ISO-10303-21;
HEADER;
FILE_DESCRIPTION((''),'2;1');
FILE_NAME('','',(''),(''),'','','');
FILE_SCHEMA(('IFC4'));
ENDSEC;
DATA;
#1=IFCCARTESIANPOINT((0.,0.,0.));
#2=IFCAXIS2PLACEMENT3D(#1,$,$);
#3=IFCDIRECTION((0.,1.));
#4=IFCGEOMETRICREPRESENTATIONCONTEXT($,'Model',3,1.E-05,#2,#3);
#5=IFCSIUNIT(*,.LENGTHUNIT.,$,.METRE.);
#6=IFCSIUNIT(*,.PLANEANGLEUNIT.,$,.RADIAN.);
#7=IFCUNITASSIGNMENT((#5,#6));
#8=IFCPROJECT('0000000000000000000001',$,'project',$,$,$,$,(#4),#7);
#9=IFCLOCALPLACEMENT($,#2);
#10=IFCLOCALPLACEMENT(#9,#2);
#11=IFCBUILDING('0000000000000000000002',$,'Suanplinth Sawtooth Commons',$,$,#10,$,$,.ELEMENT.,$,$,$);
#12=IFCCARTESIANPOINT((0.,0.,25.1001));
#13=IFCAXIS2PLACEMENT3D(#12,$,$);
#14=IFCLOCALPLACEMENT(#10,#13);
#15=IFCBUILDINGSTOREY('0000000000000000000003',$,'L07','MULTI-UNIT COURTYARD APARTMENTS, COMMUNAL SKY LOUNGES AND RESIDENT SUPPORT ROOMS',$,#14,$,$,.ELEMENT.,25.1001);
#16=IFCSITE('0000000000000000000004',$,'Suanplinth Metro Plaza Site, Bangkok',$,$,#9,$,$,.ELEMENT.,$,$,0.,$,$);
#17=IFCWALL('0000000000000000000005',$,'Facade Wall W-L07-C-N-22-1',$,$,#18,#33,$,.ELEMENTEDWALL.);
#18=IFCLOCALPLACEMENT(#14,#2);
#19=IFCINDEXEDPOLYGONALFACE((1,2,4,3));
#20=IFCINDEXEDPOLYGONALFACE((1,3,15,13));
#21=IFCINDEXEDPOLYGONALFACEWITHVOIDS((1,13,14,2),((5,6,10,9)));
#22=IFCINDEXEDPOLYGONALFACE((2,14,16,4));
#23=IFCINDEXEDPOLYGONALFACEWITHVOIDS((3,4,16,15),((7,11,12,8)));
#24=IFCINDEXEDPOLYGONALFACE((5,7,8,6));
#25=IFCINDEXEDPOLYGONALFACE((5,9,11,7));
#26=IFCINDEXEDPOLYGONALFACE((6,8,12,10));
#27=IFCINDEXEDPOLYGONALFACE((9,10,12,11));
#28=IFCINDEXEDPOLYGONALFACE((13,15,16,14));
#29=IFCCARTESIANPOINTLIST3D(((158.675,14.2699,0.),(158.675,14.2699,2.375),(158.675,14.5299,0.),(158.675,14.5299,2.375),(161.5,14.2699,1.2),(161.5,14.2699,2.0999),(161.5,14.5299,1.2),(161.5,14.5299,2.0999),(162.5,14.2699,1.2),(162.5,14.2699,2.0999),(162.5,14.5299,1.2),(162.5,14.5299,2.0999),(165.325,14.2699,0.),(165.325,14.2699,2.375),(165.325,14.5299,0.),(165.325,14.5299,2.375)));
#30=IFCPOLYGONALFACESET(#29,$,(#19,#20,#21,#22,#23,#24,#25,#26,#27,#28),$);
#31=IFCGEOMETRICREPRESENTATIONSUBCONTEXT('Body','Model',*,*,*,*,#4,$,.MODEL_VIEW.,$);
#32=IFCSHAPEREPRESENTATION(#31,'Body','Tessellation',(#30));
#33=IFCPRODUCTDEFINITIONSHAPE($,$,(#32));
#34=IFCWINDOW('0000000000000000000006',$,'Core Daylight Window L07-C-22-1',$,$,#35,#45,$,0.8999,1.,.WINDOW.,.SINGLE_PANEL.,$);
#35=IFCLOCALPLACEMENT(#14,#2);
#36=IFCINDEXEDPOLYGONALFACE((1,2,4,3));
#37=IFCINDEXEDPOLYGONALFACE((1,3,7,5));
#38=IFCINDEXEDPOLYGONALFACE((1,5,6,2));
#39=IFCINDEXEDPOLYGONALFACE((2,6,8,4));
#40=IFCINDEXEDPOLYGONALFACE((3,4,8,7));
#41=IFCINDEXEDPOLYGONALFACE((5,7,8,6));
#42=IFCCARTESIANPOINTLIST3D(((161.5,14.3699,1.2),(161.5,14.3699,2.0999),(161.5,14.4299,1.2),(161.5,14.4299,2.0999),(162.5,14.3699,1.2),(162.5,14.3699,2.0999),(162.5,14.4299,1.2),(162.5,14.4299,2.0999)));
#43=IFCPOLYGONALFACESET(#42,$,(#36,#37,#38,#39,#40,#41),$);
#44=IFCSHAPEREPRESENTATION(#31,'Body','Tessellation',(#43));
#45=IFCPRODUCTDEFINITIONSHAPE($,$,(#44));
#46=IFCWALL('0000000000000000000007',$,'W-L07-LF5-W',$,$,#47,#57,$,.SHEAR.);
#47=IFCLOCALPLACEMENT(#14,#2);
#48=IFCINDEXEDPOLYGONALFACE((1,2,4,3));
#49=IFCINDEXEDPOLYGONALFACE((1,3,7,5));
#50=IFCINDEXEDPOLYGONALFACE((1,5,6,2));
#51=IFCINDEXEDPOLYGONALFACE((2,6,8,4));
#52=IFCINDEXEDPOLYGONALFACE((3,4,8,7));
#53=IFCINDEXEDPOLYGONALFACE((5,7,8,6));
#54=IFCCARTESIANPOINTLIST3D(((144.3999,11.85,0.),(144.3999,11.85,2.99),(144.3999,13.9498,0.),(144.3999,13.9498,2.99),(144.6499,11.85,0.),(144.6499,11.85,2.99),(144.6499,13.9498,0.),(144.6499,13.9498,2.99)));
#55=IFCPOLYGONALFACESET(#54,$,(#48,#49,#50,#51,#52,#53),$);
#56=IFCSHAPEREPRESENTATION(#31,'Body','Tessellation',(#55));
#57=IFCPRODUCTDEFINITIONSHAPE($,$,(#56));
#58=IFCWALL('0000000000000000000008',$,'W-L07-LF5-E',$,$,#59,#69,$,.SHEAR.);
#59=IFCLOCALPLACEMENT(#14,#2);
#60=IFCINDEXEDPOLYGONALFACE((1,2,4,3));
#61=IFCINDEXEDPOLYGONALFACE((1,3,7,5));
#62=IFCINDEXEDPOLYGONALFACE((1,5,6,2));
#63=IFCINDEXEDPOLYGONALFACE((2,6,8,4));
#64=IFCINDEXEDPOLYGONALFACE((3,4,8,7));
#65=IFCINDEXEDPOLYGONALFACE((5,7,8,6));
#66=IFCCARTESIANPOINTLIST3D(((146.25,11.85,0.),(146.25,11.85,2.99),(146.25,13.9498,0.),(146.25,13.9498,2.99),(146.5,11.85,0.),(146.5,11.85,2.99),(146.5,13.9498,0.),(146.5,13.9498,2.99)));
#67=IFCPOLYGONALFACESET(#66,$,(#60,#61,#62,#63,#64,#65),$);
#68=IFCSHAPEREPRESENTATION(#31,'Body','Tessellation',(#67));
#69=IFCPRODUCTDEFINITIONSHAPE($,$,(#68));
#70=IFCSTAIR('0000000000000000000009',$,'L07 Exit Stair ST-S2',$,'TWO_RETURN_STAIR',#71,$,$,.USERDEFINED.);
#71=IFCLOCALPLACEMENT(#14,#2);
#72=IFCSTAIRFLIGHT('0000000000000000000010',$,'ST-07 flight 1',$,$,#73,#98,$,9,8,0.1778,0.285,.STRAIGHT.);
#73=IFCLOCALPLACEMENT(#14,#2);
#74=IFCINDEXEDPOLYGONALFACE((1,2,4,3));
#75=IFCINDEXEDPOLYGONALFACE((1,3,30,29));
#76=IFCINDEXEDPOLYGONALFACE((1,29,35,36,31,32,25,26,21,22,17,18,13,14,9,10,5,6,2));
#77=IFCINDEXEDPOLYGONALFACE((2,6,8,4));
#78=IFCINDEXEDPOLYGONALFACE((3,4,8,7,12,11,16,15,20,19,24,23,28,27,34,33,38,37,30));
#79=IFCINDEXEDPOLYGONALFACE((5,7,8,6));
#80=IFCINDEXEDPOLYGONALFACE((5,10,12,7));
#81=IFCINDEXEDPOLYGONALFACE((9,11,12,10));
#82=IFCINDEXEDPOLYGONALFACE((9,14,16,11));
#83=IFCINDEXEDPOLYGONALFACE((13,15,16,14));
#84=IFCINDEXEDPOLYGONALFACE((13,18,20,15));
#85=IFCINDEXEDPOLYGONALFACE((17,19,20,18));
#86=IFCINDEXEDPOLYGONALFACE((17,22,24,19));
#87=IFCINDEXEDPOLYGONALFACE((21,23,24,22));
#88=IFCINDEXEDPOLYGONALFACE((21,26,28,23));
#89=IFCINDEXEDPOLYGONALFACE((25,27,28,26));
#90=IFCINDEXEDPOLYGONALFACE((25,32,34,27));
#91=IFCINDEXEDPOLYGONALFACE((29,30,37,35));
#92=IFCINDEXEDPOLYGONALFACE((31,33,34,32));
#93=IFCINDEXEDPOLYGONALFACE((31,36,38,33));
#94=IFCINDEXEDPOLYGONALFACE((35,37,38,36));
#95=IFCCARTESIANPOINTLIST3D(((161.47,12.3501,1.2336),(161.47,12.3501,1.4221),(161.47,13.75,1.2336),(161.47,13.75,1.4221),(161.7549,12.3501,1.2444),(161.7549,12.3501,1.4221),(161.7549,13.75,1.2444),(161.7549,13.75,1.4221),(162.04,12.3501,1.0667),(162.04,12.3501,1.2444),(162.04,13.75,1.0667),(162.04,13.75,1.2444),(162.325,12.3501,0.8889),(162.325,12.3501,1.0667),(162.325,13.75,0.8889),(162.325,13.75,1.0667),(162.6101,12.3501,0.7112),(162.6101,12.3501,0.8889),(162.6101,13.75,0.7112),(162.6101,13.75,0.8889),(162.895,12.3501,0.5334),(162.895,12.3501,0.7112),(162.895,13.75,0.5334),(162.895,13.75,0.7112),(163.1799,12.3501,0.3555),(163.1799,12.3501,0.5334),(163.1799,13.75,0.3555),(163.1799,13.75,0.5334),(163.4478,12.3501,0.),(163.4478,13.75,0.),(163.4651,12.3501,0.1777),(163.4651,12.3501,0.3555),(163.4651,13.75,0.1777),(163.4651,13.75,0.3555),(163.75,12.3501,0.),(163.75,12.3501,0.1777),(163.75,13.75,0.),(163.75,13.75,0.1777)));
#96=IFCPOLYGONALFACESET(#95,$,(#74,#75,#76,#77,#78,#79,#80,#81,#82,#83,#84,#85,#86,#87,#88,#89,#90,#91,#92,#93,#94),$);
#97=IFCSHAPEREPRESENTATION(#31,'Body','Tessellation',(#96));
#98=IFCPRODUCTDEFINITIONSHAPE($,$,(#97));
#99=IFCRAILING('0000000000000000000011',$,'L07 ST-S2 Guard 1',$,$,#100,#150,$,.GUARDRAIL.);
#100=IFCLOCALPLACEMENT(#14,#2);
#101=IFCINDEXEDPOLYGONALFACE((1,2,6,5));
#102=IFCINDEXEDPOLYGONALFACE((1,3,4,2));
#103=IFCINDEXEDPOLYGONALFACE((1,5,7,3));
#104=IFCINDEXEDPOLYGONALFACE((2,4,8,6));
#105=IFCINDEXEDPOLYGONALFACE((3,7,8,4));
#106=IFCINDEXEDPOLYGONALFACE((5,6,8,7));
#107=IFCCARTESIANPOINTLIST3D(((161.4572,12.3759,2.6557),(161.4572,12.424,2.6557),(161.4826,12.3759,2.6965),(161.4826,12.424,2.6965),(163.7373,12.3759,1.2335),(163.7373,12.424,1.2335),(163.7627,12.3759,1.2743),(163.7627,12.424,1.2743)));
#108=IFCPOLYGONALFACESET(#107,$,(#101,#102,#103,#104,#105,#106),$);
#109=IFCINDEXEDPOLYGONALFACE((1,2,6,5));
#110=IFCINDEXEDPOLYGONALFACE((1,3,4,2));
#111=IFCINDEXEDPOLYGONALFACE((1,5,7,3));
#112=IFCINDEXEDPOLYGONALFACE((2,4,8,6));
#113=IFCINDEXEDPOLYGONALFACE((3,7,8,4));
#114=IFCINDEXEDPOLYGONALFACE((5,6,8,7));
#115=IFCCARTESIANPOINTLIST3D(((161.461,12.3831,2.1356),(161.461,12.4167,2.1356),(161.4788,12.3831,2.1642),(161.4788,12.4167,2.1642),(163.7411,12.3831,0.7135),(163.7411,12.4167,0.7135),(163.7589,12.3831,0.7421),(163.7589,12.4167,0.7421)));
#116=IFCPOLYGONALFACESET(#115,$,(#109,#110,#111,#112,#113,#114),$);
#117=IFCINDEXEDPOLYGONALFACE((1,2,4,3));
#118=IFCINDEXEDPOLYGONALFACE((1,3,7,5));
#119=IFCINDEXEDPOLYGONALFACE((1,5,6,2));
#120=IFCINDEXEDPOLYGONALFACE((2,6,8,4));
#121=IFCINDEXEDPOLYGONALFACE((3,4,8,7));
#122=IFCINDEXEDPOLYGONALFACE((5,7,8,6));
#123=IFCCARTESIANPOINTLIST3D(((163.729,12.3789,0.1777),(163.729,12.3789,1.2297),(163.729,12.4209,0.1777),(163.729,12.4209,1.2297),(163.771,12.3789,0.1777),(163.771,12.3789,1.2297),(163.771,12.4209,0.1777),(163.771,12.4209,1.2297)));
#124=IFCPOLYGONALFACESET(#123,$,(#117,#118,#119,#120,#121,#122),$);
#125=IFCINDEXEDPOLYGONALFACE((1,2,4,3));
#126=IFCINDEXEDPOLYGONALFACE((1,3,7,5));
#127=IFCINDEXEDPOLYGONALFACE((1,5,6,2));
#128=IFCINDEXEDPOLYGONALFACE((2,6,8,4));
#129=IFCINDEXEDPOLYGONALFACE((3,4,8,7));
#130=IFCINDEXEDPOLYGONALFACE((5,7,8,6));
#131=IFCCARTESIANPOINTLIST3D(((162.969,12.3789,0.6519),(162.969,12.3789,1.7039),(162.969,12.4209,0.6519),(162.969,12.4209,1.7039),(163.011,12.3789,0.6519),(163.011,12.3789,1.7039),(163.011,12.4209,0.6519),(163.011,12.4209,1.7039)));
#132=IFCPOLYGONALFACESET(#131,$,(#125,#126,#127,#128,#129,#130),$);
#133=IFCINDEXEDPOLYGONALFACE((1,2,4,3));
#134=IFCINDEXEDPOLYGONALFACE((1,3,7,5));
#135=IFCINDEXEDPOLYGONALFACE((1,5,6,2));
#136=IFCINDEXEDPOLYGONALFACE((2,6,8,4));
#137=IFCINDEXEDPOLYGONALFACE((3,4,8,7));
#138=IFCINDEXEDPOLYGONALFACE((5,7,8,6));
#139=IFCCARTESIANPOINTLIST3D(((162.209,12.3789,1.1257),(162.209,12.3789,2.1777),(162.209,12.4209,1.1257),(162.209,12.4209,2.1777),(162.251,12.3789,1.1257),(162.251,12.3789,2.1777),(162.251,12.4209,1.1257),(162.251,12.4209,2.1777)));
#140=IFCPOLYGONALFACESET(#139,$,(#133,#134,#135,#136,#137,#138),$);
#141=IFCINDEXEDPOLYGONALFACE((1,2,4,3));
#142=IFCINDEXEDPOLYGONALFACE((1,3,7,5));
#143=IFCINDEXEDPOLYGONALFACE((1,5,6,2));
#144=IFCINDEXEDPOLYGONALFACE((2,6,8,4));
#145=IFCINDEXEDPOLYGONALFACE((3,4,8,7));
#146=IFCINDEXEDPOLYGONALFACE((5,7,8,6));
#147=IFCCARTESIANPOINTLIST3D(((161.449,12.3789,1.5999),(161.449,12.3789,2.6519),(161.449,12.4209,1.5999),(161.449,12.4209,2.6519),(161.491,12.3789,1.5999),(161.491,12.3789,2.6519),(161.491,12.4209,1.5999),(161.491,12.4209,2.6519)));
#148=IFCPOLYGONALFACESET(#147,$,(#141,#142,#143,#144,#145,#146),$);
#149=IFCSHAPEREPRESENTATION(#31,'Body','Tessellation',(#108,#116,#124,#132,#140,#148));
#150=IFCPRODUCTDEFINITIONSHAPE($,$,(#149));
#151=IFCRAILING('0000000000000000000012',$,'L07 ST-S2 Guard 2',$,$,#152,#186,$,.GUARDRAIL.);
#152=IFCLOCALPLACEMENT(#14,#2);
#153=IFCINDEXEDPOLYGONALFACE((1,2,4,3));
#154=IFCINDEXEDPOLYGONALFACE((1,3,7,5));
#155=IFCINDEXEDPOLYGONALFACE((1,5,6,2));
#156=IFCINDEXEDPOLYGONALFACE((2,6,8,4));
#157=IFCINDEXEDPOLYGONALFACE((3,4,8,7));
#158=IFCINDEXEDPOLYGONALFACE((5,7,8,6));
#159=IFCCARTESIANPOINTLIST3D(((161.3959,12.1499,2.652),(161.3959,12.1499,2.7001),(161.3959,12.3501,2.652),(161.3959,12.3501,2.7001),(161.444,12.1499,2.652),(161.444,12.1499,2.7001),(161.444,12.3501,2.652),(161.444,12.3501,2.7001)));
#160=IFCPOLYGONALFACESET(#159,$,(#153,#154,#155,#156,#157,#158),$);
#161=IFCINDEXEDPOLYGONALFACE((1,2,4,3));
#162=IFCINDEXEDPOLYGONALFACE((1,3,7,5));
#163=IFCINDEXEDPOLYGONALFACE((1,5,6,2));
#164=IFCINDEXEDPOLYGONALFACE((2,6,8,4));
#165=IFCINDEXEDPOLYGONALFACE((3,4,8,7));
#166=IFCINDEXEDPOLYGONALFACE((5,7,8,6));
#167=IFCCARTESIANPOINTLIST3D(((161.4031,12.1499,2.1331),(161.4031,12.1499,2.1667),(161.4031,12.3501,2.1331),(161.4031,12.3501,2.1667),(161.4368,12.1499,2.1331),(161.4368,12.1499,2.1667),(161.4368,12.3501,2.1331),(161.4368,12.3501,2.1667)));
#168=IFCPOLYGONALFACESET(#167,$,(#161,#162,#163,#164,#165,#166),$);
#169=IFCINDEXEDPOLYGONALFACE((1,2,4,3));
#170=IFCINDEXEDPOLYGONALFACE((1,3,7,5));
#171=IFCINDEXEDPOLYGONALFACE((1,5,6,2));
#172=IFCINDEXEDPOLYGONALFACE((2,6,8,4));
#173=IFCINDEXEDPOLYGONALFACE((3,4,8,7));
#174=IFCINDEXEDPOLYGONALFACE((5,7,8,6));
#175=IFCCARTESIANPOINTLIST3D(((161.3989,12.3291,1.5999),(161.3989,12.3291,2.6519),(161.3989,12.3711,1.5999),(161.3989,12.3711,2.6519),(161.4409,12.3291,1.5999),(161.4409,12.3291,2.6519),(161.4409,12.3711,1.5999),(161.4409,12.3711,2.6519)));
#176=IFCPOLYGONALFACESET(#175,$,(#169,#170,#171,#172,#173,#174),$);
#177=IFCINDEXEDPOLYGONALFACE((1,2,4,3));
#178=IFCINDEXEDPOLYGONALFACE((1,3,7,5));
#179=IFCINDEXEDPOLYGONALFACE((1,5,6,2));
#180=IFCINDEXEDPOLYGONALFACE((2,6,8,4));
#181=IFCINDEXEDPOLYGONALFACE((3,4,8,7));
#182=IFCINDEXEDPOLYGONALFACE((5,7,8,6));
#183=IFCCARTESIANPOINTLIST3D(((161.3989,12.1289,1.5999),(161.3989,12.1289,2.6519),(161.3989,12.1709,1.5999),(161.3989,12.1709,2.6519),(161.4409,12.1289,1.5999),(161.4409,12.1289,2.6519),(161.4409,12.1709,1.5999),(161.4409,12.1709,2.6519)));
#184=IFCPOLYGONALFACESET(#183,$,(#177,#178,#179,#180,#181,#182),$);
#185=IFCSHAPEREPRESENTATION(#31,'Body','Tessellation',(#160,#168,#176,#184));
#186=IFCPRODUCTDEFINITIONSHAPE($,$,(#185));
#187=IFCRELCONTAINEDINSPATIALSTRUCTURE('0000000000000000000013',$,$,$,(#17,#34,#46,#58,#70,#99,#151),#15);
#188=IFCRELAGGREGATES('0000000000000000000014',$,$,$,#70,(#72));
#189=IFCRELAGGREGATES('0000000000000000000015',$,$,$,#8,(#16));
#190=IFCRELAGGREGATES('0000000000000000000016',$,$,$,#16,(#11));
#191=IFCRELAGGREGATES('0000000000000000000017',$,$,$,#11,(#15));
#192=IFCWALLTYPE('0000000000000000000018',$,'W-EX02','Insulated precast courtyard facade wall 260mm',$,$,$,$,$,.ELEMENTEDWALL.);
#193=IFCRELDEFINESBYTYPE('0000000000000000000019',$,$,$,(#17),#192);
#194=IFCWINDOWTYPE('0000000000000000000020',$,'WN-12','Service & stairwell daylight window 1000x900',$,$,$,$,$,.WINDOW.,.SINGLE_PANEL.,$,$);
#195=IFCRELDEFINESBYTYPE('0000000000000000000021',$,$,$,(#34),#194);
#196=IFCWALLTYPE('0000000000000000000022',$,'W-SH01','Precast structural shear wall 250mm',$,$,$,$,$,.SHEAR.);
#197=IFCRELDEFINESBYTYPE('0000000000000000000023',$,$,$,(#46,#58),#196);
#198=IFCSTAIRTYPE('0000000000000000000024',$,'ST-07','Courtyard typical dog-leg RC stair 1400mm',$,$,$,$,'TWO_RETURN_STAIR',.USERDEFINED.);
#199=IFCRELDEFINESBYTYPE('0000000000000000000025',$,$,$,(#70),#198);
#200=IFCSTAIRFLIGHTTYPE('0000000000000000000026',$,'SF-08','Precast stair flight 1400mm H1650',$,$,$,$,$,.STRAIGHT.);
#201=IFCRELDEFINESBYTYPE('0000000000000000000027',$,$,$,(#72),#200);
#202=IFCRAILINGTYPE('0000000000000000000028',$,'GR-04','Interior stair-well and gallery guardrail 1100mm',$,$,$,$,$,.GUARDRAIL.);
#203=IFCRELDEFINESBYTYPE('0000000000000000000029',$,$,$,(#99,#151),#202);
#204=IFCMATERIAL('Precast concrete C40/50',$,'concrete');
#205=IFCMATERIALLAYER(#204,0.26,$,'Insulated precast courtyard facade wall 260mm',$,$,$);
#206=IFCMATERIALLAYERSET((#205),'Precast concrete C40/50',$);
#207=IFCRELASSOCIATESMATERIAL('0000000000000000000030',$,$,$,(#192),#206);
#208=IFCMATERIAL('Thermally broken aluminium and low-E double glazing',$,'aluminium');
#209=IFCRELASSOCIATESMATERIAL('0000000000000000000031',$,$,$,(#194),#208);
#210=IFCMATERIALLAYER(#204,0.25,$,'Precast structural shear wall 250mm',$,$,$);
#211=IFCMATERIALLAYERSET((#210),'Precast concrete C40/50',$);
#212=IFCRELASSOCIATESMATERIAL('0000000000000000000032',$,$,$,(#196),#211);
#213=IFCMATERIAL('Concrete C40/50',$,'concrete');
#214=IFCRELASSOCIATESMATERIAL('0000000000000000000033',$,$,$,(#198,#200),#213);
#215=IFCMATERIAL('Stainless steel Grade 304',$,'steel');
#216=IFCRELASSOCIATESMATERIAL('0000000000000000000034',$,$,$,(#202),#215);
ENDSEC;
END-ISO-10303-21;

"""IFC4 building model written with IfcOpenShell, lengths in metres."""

from ifc_helpers import new_model, si_unit, direction, frame, frame_2d, origin, origin_2d, place, context, subcontext, project, spatial, polyline, rectangle, outline, extrude, material, layer, layer_set, type_object, element, fill, aggregate, save


model = new_model("IFC4")

# Units and contexts
model_context = context("Model", 3, precision=1e-05, world=origin(), true_north=direction((0.0, 1.0)))
body_context = subcontext(model_context, "Body", "Model", "MODEL_VIEW")
ifc_project = project(units=[si_unit("LENGTHUNIT", "METRE"), si_unit("PLANEANGLEUNIT", "RADIAN")], contexts=[model_context])

# Site, building, storey
site_placement = place(None, origin())
site = spatial("IfcSite", under=ifc_project, at=site_placement, Name="Suanplinth Metro Plaza Site, Bangkok", CompositionType="ELEMENT", RefElevation=0.0)
building_placement = place(site_placement, origin())
building = spatial("IfcBuilding", under=site, at=building_placement, Name="Suanplinth Sawtooth Commons", CompositionType="ELEMENT")
storey_placement = place(building_placement, frame((0.0, 0.0, 25.1001)))
storey = spatial("IfcBuildingStorey", under=building, at=storey_placement, Name="L07", Description="MULTI-UNIT COURTYARD APARTMENTS, COMMUNAL SKY LOUNGES AND RESIDENT SUPPORT ROOMS", CompositionType="ELEMENT", Elevation=25.1001)

# Shared definitions
ifc_material_1 = material(Name="Precast concrete C40/50", Category="concrete")

# Shared definitions
ifc_material_2 = material(Name="Concrete C40/50", Category="concrete")

# Shared definitions
ifc_layer_1 = layer(ifc_material_1, 0.26, Name="Insulated precast courtyard facade wall 260mm")
ifc_layer_set_1 = layer_set([ifc_layer_1], Name="Precast concrete C40/50")
wall_type_1 = type_object("IfcWallType", Name="W-EX02", Description="Insulated precast courtyard facade wall 260mm", PredefinedType="ELEMENTEDWALL", material=ifc_layer_set_1)
ifc_material_3 = material(Name="Thermally broken aluminium and low-E double glazing", Category="aluminium")
window_type_1 = type_object("IfcWindowType", Name="WN-12", Description="Service & stairwell daylight window 1000x900", PartitioningType="SINGLE_PANEL", PredefinedType="WINDOW", material=ifc_material_3)

# Wall, opening, window
wall_1_placement = place(storey_placement, frame((158.675, 14.3999, 0.0), z_axis=(0.0, 0.0, 1.0), x_axis=(1.0, 0.0, 0.0)))
wall_1 = element("IfcWall", 1, at=wall_1_placement, inside=storey, type_object=wall_type_1, Name="Facade Wall W-L07-C-N-22-1", PredefinedType="ELEMENTEDWALL", context=body_context, shape_type="SweptSolid", body=[
    extrude(rectangle(XDim=6.6499, YDim=0.26, at=frame_2d((3.325, 0.0))), origin(), (0.0, 0.0, 1.0), 2.375),
])
opening_1_placement = place(wall_1_placement, frame((2.825, 0.0, 1.2)))
opening_1 = element("IfcOpeningElement", 2, at=opening_1_placement, cuts=wall_1, PredefinedType="OPENING", context=body_context, shape_type="SweptSolid", body=[
    extrude(rectangle(XDim=1.0, YDim=0.8999, at=frame_2d((0.5, 0.45))), frame((0.0, 0.145, 0.0), z_axis=(0.0, -1.0, 0.0), x_axis=(1.0, 0.0, 0.0)), (0.0, 0.0, 1.0), 0.2898),
])
window_1_placement = place(opening_1_placement, origin())
window_1 = element("IfcWindow", 3, at=window_1_placement, inside=storey, type_object=window_type_1, Name="Core Daylight Window L07-C-22-1", OverallHeight=0.8999, OverallWidth=1.0, PartitioningType="SINGLE_PANEL", PredefinedType="WINDOW", context=body_context, shape_type="SweptSolid", body=[
    extrude(rectangle(XDim=1.0, YDim=0.8999, at=frame_2d((0.5, 0.45))), frame((0.0, 0.03, 0.0), z_axis=(0.0, -1.0, 0.0), x_axis=(1.0, 0.0, 0.0)), (0.0, 0.0, 1.0), 0.0601),
])
fill(opening_1, window_1)

# Walls
ifc_layer_2 = layer(ifc_material_1, 0.25, Name="Precast structural shear wall 250mm")
ifc_layer_set_2 = layer_set([ifc_layer_2], Name="Precast concrete C40/50")
wall_type_2 = type_object("IfcWallType", Name="W-SH01", Description="Precast structural shear wall 250mm", PredefinedType="SHEAR", material=ifc_layer_set_2)
for number, where, z_axis, x_axis, name in (
    (4, (144.5249, 11.8501, 0.0), (0.0, 0.0, 1.0), (0.0, 1.0, 0.0), "W-L07-LF5-W"),
    (5, (146.375, 11.8501, 0.0), (0.0, 0.0, 1.0), (0.0, 1.0, 0.0), "W-L07-LF5-E"),
):
    element("IfcWall", number, at=place(storey_placement, frame(where, z_axis=z_axis, x_axis=x_axis)), inside=storey, type_object=wall_type_2, Name=name, PredefinedType="SHEAR", context=body_context, shape_type="SweptSolid", body=[
        extrude(rectangle(XDim=2.0999, YDim=0.25, at=frame_2d((1.0498, 0.0))), origin(), (0.0, 0.0, 1.0), 2.99),
    ])

# Stair, stair flight
stair_type = type_object("IfcStairType", Name="ST-07", Description="Courtyard typical dog-leg RC stair 1400mm", ElementType="TWO_RETURN_STAIR", PredefinedType="USERDEFINED", material=ifc_material_2)
stair_placement = place(storey_placement, origin())
stair = element("IfcStair", 6, at=stair_placement, inside=storey, type_object=stair_type, Name="L07 Exit Stair ST-S2", ObjectType="TWO_RETURN_STAIR", PredefinedType="USERDEFINED")
stair_flight_type = type_object("IfcStairFlightType", Name="SF-08", Description="Precast stair flight 1400mm H1650", PredefinedType="STRAIGHT", material=ifc_material_2)
stair_flight_placement = place(storey_placement, frame((163.75, 13.05, 0.0), z_axis=(0.0, 0.0, 1.0), x_axis=(-1.0, 0.0, 0.0)))
stair_flight = element("IfcStairFlight", 7, at=stair_flight_placement, type_object=stair_flight_type, Name="ST-07 flight 1", NumberOfRisers=9, NumberOfTreads=8, PredefinedType="STRAIGHT", RiserHeight=0.1778, TreadLength=0.285, context=body_context, shape_type="SweptSolid", body=[
    extrude(outline(polyline([(0.0, 0.0), (0.0, 0.1777), (0.2849, 0.1777), (0.2849, 0.3555), (0.5701, 0.3555), (0.5701, 0.5334), (0.855, 0.5334), (0.855, 0.7112), (1.1399, 0.7112), (1.1399, 0.8889), (1.425, 0.8889), (1.425, 1.0667), (1.71, 1.0667), (1.71, 1.2444), (1.9951, 1.2444), (1.9951, 1.4221), (2.28, 1.4221), (2.28, 1.6001), (2.28, 1.2336), (0.3022, 0.0), (0.0, 0.0)])), frame((0.0, 0.7, 0.0), z_axis=(0.0, -1.0, 0.0), x_axis=(1.0, 0.0, 0.0)), (0.0, 0.0, 1.0), 1.3999),
])
aggregate(stair, [stair_flight])

# Railings
ifc_material_4 = material(Name="Stainless steel Grade 304", Category="steel")
railing_type_1 = type_object("IfcRailingType", Name="GR-04", Description="Interior stair-well and gallery guardrail 1100mm", PredefinedType="GUARDRAIL", material=ifc_material_4)
railing_1_placement = place(storey_placement, frame((163.75, 12.3999, 0.1777)))
element("IfcRailing", 8, at=railing_1_placement, inside=storey, type_object=railing_type_1, Name="L07 ST-S2 Guard 1", PredefinedType="GUARDRAIL", context=body_context, shape_type="SweptSolid", body=[
    extrude(rectangle(XDim=0.0481, YDim=0.0481, at=origin_2d()), frame((0.0, 0.0, 1.0762), z_axis=(-0.848483, 0.0, 0.529223), x_axis=(0.0, -1.0, 0.0)), (0.0, 0.0, 1.0), 2.6873),
    extrude(rectangle(XDim=0.0337, YDim=0.0337, at=origin_2d()), frame((0.0, 0.0, 0.55), z_axis=(-0.848483, 0.0, 0.529223), x_axis=(0.0, -1.0, 0.0)), (0.0, 0.0, 1.0), 2.6873),
    extrude(rectangle(XDim=0.042, YDim=0.042, at=origin_2d()), origin(), (0.0, 0.0, 1.0), 1.052),
    extrude(rectangle(XDim=0.042, YDim=0.042, at=origin_2d()), frame((-0.76, 0.0, 0.4741)), (0.0, 0.0, 1.0), 1.052),
    extrude(rectangle(XDim=0.042, YDim=0.042, at=origin_2d()), frame((-1.52, 0.0, 0.948)), (0.0, 0.0, 1.0), 1.052),
    extrude(rectangle(XDim=0.042, YDim=0.042, at=origin_2d()), frame((-2.28, 0.0, 1.4221)), (0.0, 0.0, 1.0), 1.052),
])
railing_2_placement = place(storey_placement, frame((161.4199, 12.3501, 1.5999)))
element("IfcRailing", 9, at=railing_2_placement, inside=storey, type_object=railing_type_1, Name="L07 ST-S2 Guard 2", PredefinedType="GUARDRAIL", context=body_context, shape_type="SweptSolid", body=[
    extrude(rectangle(XDim=0.0481, YDim=0.0481, at=origin_2d()), frame((0.0, 0.0, 1.0762), z_axis=(0.0, -1.0, 0.0), x_axis=(1.0, 0.0, 0.0)), (0.0, 0.0, 1.0), 0.2002),
    extrude(rectangle(XDim=0.0337, YDim=0.0337, at=origin_2d()), frame((0.0, 0.0, 0.55), z_axis=(0.0, -1.0, 0.0), x_axis=(1.0, 0.0, 0.0)), (0.0, 0.0, 1.0), 0.2002),
    extrude(rectangle(XDim=0.042, YDim=0.042, at=origin_2d()), origin(), (0.0, 0.0, 1.0), 1.052),
    extrude(rectangle(XDim=0.042, YDim=0.042, at=origin_2d()), frame((0.0, -0.2002, 0.0)), (0.0, 0.0, 1.0), 1.052),
])

save(model, "model.ifc")
